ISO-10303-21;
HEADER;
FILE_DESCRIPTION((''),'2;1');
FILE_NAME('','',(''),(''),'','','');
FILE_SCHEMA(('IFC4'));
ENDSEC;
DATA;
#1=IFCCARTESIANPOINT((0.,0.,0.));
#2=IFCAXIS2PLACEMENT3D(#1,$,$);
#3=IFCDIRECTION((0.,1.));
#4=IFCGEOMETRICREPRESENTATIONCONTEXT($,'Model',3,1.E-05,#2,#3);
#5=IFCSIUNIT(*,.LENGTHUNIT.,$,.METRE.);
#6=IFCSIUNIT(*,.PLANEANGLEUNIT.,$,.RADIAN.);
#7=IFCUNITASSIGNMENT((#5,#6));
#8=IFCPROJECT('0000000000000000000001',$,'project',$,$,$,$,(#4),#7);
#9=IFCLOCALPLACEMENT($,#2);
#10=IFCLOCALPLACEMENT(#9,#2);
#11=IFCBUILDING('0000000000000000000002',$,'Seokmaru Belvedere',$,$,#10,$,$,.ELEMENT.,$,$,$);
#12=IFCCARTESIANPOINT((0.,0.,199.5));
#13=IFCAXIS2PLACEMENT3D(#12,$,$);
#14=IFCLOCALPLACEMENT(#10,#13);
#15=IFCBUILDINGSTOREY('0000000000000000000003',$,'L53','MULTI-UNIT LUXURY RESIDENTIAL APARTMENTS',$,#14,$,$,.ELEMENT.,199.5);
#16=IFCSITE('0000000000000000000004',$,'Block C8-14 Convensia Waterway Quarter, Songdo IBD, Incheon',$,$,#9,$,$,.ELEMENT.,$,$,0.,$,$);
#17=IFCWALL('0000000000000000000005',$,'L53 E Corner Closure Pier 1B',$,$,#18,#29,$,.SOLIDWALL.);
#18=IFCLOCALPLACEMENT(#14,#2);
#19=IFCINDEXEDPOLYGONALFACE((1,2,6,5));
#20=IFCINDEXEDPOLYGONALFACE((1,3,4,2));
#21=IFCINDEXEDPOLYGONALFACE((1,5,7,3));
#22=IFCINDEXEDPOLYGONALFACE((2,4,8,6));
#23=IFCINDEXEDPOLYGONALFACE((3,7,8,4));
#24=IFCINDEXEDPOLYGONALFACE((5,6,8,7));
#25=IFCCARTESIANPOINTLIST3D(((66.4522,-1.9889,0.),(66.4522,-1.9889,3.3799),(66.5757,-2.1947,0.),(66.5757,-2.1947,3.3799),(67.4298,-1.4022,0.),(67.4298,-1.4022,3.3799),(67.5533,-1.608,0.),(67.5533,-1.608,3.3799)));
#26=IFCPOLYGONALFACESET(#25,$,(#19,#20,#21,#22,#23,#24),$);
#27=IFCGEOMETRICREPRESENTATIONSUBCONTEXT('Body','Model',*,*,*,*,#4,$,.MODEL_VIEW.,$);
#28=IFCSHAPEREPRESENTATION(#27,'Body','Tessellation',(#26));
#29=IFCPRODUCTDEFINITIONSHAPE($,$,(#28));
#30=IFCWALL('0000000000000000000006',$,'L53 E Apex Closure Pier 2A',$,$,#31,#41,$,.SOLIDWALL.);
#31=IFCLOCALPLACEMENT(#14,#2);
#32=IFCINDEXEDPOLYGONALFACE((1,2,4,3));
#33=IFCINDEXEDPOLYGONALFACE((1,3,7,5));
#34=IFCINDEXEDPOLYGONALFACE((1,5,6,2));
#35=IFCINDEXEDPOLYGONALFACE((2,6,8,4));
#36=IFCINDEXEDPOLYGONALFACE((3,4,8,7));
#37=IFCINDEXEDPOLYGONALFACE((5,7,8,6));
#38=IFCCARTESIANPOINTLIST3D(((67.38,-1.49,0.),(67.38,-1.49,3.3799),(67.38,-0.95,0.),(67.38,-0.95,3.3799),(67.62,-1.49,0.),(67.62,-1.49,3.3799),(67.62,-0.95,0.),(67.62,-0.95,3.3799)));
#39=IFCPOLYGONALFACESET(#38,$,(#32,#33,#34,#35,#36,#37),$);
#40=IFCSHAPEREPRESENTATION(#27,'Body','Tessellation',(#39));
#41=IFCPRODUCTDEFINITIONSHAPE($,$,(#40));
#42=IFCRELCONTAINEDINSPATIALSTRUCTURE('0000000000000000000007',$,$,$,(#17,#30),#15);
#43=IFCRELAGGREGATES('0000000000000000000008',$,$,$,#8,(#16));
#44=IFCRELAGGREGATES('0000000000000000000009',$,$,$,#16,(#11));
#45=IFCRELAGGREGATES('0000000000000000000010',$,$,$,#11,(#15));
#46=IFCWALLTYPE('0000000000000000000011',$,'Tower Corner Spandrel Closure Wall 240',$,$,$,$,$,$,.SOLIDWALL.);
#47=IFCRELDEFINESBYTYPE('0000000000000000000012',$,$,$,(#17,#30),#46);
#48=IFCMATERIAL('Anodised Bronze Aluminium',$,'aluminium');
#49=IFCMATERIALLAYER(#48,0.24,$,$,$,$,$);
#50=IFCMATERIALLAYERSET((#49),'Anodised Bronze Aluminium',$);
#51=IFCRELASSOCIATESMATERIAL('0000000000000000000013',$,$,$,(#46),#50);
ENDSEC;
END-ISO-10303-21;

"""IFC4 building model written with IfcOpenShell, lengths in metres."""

from ifc_helpers import new_model, si_unit, direction, frame, frame_2d, origin, place, context, subcontext, project, spatial, rectangle, extrude, material, layer, layer_set, type_object, element, save


model = new_model("IFC4")

# Units and contexts
model_context = context("Model", 3, precision=1e-05, world=origin(), true_north=direction((0.0, 1.0)))
body_context = subcontext(model_context, "Body", "Model", "MODEL_VIEW")
ifc_project = project(units=[si_unit("LENGTHUNIT", "METRE"), si_unit("PLANEANGLEUNIT", "RADIAN")], contexts=[model_context])

# Site, building, storey
site_placement = place(None, origin())
site = spatial("IfcSite", under=ifc_project, at=site_placement, Name="Block C8-14 Convensia Waterway Quarter, Songdo IBD, Incheon", CompositionType="ELEMENT", RefElevation=0.0)
building_placement = place(site_placement, origin())
building = spatial("IfcBuilding", under=site, at=building_placement, Name="Seokmaru Belvedere", CompositionType="ELEMENT")
storey_placement = place(building_placement, frame((0.0, 0.0, 199.5)))
storey = spatial("IfcBuildingStorey", under=building, at=storey_placement, Name="L53", Description="MULTI-UNIT LUXURY RESIDENTIAL APARTMENTS", CompositionType="ELEMENT", Elevation=199.5)

# Shared definitions
ifc_material_1 = material(Name="Anodised Bronze Aluminium", Category="aluminium")

# Walls
ifc_layer_1 = layer(ifc_material_1, 0.24)
ifc_layer_set_1 = layer_set([ifc_layer_1], Name="Anodised Bronze Aluminium")
wall_type_1 = type_object("IfcWallType", Name="Tower Corner Spandrel Closure Wall 240", PredefinedType="SOLIDWALL", material=ifc_layer_set_1)
wall_1_placement = place(storey_placement, frame((66.5139, -2.0918, 0.0), z_axis=(0.0, 0.0, 1.0), x_axis=(0.857436, 0.51459, 0.0)))
element("IfcWall", 1, at=wall_1_placement, inside=storey, type_object=wall_type_1, Name="L53 E Corner Closure Pier 1B", PredefinedType="SOLIDWALL", context=body_context, shape_type="SweptSolid", body=[
    extrude(rectangle(XDim=1.1401, YDim=0.24, at=frame_2d((0.5701, 0.0))), origin(), (0.0, 0.0, 1.0), 3.3799),
])
wall_2_placement = place(storey_placement, frame((67.5, -1.49, 0.0), z_axis=(0.0, 0.0, 1.0), x_axis=(0.0, 1.0, 0.0)))
element("IfcWall", 2, at=wall_2_placement, inside=storey, type_object=wall_type_1, Name="L53 E Apex Closure Pier 2A", PredefinedType="SOLIDWALL", context=body_context, shape_type="SweptSolid", body=[
    extrude(rectangle(XDim=0.54, YDim=0.24, at=frame_2d((0.27, 0.0))), origin(), (0.0, 0.0, 1.0), 3.3799),
])

save(model, "model.ifc")
